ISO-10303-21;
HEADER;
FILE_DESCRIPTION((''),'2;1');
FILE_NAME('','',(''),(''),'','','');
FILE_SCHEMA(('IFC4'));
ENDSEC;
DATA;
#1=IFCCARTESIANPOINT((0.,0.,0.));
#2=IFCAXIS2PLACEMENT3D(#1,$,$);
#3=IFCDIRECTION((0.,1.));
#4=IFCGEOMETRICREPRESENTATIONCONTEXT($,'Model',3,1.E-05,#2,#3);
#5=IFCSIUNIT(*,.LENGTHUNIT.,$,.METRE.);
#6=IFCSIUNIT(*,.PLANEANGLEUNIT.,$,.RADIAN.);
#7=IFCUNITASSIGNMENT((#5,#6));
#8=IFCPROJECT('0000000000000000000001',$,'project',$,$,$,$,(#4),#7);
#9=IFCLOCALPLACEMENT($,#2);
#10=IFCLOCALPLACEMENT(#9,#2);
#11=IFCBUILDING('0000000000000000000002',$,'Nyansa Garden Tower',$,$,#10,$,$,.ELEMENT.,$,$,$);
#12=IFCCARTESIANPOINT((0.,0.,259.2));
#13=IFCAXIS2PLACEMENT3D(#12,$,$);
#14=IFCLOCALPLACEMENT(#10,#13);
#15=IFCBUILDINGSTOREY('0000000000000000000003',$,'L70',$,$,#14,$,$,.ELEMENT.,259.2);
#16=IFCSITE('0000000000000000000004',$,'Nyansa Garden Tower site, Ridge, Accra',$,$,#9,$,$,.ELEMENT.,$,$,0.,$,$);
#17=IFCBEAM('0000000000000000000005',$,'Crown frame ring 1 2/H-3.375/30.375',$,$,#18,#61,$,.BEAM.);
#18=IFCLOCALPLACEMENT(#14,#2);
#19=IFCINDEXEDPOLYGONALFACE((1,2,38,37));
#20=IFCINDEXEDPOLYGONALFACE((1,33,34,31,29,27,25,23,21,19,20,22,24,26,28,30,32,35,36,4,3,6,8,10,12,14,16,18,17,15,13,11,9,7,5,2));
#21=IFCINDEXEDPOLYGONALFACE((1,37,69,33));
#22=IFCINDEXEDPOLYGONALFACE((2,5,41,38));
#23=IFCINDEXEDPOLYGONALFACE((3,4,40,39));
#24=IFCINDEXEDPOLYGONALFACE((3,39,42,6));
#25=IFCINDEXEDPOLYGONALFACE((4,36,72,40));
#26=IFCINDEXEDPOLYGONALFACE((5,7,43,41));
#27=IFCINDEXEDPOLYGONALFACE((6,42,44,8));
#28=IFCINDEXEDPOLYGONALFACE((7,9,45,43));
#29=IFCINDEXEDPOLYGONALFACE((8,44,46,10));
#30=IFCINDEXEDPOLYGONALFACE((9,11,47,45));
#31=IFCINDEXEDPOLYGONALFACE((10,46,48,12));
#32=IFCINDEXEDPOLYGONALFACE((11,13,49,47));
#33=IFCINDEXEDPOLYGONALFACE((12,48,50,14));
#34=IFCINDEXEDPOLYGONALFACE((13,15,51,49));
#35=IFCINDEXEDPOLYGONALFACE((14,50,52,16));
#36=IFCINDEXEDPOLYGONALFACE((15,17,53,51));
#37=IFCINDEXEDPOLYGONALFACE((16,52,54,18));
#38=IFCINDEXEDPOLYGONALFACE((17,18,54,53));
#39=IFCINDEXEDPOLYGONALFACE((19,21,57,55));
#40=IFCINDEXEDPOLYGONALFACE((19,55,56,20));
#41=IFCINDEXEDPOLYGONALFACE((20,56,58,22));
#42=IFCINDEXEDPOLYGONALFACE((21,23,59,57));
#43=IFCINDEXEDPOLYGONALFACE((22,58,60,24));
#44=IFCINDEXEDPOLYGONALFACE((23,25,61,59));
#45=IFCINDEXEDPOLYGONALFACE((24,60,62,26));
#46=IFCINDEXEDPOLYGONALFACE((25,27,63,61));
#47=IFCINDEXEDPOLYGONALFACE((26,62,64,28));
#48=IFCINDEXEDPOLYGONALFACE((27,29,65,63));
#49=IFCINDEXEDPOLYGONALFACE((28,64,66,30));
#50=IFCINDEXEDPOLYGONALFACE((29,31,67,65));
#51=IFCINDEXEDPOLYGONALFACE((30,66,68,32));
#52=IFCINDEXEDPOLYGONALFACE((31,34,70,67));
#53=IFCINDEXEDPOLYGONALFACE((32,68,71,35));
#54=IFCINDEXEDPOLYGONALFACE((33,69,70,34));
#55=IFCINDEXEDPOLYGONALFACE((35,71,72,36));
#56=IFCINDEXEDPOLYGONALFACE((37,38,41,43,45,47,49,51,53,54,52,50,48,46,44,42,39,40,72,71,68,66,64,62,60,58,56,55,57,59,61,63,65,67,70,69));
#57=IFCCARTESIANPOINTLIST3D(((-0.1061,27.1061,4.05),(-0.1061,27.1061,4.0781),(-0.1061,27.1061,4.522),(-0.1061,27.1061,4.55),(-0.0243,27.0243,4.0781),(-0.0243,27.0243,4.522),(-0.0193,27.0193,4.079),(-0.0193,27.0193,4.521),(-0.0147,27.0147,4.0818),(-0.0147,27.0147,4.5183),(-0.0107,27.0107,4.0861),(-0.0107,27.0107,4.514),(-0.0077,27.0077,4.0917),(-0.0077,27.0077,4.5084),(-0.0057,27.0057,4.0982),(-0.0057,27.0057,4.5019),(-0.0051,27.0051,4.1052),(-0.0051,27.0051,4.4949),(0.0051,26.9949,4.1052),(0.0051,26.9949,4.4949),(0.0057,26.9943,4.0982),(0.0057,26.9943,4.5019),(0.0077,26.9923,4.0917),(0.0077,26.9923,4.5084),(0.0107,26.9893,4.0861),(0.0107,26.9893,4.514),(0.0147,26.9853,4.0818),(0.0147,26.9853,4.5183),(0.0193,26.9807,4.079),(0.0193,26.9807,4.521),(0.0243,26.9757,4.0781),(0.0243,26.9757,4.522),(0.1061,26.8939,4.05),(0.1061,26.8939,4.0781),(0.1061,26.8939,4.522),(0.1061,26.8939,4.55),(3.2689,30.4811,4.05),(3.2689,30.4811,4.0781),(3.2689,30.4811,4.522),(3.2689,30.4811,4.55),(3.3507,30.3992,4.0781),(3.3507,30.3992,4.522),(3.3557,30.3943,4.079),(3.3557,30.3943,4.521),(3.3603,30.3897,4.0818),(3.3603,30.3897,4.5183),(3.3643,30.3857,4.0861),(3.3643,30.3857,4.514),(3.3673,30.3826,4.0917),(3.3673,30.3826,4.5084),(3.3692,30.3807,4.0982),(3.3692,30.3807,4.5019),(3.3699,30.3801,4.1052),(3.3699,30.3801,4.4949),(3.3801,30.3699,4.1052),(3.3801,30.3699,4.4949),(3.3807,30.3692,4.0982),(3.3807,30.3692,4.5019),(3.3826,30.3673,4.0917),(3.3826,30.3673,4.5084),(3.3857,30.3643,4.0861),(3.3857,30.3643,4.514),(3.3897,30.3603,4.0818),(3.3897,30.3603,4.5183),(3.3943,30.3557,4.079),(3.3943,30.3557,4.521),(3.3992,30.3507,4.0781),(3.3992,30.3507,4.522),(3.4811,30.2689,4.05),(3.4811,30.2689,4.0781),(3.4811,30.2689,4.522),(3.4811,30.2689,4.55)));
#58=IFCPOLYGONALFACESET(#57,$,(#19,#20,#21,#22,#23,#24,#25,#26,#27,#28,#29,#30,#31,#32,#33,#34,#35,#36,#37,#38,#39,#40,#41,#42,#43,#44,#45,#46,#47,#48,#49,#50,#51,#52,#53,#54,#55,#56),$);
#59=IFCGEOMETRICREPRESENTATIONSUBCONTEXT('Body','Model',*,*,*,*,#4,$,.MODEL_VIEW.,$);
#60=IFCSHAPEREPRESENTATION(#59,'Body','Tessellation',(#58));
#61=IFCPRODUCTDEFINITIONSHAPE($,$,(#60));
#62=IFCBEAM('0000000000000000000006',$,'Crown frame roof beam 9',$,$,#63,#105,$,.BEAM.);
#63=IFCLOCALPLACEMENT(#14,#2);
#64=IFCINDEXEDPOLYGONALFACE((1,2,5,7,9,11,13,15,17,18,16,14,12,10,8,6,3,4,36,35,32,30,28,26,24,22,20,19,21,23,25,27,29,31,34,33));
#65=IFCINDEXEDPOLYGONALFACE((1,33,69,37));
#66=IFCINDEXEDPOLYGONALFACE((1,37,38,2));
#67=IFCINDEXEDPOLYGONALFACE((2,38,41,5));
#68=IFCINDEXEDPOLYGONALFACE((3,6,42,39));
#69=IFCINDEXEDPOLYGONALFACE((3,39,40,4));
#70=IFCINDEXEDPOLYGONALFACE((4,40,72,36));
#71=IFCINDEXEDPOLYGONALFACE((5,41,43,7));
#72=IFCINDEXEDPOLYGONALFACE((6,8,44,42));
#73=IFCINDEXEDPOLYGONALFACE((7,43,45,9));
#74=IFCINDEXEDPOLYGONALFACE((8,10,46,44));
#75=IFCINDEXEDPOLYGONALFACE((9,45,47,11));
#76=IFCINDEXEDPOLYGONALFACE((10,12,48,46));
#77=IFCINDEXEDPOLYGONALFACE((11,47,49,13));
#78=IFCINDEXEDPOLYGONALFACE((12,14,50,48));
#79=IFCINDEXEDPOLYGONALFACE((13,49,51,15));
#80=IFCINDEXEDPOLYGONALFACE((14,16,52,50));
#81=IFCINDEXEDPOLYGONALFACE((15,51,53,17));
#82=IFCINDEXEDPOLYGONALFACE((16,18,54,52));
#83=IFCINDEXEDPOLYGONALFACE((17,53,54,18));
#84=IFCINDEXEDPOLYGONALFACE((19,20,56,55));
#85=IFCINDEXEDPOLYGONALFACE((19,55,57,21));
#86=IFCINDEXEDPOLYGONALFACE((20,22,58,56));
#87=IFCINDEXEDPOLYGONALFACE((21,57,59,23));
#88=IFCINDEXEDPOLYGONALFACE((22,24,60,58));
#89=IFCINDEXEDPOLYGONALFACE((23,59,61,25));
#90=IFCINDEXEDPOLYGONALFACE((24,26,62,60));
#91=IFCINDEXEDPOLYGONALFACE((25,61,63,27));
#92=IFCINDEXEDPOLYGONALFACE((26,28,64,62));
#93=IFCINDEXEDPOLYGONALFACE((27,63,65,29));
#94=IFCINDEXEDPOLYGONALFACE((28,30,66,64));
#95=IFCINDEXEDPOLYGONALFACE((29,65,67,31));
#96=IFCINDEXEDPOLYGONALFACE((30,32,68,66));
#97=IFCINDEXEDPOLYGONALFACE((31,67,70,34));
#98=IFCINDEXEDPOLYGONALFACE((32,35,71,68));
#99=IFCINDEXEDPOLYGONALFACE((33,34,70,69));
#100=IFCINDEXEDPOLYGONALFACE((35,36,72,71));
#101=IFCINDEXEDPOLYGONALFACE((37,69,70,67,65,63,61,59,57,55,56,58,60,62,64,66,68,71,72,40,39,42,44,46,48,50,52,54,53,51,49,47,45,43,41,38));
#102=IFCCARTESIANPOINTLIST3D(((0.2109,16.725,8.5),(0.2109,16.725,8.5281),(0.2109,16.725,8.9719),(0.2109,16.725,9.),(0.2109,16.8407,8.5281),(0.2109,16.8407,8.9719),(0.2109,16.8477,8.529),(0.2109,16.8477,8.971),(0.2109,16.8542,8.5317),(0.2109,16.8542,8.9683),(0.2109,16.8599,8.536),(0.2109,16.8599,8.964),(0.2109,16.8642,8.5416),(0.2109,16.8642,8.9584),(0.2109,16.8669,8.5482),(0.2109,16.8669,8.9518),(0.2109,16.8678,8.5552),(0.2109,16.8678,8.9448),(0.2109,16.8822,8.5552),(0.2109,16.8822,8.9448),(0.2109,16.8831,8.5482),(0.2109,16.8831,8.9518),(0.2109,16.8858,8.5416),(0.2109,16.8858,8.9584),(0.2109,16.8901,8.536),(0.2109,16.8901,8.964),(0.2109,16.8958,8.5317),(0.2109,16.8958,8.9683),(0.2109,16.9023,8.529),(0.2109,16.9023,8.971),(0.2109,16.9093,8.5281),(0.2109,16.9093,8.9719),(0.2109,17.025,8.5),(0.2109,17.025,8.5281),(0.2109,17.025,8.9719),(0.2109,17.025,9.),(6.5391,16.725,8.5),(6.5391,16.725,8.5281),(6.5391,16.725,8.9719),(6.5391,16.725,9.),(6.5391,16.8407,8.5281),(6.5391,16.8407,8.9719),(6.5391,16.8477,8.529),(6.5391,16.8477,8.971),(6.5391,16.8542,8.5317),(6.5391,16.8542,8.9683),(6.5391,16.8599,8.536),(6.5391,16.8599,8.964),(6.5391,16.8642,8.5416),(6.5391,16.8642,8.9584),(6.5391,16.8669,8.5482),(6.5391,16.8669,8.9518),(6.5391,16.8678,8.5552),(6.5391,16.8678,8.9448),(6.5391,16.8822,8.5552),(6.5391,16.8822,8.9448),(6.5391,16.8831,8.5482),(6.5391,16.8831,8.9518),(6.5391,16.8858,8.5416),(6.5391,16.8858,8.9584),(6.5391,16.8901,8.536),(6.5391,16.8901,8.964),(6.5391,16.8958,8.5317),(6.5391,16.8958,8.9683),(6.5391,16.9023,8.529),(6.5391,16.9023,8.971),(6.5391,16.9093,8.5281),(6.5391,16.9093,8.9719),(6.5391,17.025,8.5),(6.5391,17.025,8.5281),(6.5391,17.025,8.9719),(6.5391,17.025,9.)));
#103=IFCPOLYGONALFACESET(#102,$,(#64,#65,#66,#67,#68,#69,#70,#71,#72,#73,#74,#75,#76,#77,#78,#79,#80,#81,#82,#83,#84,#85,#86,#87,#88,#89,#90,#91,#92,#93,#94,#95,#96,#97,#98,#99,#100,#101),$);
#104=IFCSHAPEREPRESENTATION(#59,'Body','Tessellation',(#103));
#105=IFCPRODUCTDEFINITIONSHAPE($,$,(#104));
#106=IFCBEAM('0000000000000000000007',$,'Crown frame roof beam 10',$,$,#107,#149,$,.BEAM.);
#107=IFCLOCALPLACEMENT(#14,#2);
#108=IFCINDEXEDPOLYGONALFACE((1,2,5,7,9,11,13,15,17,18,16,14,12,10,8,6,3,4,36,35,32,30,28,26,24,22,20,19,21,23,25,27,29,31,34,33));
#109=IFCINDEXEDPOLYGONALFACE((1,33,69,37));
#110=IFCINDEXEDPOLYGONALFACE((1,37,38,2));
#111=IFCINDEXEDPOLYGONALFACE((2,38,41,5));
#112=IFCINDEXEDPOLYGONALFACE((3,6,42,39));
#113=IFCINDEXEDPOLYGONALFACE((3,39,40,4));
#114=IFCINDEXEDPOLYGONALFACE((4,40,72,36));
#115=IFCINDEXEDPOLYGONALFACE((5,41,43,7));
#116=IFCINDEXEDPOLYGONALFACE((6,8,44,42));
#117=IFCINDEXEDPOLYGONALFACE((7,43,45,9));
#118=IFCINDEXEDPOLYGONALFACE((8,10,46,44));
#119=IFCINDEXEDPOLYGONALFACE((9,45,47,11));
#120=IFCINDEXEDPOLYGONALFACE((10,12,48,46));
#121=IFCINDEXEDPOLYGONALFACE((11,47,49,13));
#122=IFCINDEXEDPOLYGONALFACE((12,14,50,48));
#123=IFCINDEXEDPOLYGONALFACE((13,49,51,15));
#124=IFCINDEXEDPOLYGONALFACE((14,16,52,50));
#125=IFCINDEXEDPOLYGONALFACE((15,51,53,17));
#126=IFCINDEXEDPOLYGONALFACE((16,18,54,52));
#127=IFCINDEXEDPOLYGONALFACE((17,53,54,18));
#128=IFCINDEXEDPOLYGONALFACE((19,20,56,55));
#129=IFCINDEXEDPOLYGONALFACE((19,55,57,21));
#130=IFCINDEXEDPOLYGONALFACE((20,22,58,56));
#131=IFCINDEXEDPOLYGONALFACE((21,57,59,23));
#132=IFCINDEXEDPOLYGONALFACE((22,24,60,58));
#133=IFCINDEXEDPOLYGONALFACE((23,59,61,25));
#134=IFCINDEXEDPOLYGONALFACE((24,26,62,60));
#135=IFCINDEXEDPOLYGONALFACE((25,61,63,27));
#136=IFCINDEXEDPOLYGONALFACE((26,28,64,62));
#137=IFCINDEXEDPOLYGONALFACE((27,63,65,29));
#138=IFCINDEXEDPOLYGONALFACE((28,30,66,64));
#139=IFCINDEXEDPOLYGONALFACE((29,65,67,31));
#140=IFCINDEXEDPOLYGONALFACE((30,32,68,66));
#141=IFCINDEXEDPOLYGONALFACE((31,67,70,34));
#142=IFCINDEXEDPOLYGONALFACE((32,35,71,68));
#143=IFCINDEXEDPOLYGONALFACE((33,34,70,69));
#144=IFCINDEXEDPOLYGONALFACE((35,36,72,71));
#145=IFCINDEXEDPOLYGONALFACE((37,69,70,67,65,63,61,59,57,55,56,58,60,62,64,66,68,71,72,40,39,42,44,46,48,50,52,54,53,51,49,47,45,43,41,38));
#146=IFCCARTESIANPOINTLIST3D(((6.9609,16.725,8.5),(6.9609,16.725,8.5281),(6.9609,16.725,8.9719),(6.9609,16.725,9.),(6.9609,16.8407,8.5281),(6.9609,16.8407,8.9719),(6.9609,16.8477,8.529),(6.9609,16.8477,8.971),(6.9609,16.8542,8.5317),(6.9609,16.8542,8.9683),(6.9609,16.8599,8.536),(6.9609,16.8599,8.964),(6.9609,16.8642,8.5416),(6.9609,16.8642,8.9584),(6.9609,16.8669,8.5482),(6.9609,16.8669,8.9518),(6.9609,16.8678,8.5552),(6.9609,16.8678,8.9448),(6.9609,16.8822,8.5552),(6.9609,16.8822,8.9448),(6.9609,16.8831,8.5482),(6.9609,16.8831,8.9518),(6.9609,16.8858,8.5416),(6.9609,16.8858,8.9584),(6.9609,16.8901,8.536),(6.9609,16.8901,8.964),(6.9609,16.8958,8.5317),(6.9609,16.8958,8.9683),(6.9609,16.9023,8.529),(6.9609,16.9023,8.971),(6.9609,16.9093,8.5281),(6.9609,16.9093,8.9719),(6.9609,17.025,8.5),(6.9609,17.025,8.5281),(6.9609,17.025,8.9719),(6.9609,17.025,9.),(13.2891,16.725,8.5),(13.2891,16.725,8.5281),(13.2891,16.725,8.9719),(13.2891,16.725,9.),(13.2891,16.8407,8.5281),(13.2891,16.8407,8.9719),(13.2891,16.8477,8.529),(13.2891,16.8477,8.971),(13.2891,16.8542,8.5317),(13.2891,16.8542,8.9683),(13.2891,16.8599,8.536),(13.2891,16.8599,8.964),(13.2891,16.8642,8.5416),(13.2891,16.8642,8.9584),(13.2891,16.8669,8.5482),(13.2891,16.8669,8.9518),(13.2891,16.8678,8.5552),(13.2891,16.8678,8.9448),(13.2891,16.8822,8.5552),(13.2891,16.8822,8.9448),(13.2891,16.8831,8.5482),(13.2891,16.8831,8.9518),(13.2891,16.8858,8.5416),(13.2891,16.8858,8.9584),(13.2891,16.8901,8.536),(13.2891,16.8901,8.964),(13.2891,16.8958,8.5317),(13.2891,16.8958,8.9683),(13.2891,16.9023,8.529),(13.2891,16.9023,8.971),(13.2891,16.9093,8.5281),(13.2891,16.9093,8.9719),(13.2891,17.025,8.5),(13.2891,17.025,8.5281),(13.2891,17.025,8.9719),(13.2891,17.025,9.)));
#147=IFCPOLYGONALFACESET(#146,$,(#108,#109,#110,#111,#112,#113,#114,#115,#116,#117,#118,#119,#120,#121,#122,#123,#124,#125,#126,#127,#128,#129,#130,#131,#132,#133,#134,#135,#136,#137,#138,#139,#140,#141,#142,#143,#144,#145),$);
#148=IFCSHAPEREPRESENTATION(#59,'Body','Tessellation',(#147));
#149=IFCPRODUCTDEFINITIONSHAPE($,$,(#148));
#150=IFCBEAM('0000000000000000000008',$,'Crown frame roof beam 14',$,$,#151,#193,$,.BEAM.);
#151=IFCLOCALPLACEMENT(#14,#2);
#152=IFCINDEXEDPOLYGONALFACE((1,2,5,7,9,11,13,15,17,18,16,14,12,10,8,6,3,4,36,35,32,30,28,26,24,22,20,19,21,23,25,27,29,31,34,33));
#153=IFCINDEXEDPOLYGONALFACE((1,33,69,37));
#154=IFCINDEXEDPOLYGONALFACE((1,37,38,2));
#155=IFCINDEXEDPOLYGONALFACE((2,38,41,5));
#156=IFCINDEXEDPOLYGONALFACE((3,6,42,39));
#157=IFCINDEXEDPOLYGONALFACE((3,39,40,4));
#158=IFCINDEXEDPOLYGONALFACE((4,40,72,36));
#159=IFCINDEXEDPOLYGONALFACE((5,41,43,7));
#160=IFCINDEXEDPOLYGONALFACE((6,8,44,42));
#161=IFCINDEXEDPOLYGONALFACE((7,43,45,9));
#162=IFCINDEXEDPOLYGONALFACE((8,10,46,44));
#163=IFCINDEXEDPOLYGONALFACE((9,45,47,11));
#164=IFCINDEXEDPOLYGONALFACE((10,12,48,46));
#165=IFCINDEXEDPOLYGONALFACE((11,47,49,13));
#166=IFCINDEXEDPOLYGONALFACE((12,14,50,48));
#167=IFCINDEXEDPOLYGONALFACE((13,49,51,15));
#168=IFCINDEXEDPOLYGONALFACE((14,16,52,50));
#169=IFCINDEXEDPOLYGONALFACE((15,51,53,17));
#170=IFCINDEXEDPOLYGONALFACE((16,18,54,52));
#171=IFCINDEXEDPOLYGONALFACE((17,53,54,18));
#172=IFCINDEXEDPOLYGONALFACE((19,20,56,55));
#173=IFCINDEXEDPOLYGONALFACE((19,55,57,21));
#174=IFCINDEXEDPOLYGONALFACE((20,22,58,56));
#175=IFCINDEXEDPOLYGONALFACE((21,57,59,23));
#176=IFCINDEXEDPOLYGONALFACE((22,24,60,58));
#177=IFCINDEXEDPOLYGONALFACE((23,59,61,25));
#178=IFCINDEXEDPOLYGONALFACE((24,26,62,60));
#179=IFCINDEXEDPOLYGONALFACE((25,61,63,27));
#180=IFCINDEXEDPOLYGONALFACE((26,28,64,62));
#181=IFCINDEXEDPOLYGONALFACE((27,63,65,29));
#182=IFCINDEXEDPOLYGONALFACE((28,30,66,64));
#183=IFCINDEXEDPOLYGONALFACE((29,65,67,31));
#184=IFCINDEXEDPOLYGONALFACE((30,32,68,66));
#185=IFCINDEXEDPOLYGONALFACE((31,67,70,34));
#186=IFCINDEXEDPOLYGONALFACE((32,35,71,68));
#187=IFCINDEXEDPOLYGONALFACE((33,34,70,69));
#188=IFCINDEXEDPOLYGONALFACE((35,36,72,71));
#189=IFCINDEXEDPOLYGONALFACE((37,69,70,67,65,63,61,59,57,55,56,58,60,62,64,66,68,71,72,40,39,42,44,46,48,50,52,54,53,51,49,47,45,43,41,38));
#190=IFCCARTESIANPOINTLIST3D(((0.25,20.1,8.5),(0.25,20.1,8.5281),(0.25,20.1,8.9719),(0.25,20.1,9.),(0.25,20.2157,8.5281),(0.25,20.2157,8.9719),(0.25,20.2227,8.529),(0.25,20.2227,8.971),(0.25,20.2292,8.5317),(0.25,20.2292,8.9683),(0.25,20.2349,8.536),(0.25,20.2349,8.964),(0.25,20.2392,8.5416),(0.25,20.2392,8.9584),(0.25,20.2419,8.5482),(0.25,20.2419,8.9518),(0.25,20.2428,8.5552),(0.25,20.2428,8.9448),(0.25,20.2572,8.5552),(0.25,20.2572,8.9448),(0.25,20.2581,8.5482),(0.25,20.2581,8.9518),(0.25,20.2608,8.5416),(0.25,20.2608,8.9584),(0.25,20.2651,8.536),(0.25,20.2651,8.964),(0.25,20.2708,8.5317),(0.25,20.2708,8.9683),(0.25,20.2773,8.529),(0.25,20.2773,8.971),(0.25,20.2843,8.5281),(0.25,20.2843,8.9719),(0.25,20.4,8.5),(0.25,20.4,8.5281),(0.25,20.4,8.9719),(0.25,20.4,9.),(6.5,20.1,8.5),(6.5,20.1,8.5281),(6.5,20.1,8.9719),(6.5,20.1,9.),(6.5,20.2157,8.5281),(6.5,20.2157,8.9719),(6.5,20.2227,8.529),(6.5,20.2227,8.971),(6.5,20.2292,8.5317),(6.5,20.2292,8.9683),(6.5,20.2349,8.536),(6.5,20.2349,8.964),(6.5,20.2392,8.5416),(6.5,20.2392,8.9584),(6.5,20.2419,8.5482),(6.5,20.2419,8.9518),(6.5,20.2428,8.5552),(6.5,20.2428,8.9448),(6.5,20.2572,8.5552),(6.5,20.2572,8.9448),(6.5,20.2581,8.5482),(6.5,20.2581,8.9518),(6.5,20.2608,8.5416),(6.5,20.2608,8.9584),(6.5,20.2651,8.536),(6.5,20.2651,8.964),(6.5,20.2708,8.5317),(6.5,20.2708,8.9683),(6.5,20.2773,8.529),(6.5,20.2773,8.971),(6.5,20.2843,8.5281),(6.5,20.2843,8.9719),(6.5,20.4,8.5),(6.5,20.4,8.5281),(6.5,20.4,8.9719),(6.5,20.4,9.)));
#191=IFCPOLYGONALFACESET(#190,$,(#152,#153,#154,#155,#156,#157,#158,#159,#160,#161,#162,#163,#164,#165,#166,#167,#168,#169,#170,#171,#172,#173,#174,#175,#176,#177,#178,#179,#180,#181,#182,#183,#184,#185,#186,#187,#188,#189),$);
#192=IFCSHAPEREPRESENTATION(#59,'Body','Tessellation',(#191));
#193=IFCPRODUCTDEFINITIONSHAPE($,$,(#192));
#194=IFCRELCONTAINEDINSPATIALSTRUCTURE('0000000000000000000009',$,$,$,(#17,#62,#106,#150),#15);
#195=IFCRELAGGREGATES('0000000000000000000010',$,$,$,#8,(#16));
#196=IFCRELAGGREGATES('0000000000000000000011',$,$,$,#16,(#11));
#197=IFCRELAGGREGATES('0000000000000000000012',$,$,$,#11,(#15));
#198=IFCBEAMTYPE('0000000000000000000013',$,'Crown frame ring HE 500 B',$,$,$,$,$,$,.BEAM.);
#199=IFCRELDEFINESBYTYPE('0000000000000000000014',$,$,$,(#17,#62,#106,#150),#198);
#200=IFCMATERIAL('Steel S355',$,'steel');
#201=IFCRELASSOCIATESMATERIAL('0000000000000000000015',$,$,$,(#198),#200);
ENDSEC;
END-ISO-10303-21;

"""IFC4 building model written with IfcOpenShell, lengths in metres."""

from ifc_helpers import new_model, si_unit, direction, frame, origin, origin_2d, place, context, subcontext, project, spatial, i_section, extrude, material, material_profile, profile_set, type_object, element, save


model = new_model("IFC4")

# Units and contexts
model_context = context("Model", 3, precision=1e-05, world=origin(), true_north=direction((0.0, 1.0)))
body_context = subcontext(model_context, "Body", "Model", "MODEL_VIEW")
ifc_project = project(units=[si_unit("LENGTHUNIT", "METRE"), si_unit("PLANEANGLEUNIT", "RADIAN")], contexts=[model_context])

# Site, building, storey
site_placement = place(None, origin())
site = spatial("IfcSite", under=ifc_project, at=site_placement, Name="Nyansa Garden Tower site, Ridge, Accra", CompositionType="ELEMENT", RefElevation=0.0)
building_placement = place(site_placement, origin())
building = spatial("IfcBuilding", under=site, at=building_placement, Name="Nyansa Garden Tower", CompositionType="ELEMENT")
storey_placement = place(building_placement, frame((0.0, 0.0, 259.2)))
storey = spatial("IfcBuildingStorey", under=building, at=storey_placement, Name="L70", CompositionType="ELEMENT", Elevation=259.2)

# Beams
ifc_material_1 = material(Name="Steel S355", Category="steel")
ifc_material_profile_1 = material_profile(ifc_material_1, i_section(OverallWidth=0.3, OverallDepth=0.5, WebThickness=0.0144, FlangeThickness=0.0281, FilletRadius=0.0271, at=origin_2d()), Name="HE 500 B")
ifc_profile_set_1 = profile_set([ifc_material_profile_1], Name="Steel S355")
beam_type_1 = type_object("IfcBeamType", Name="Crown frame ring HE 500 B", PredefinedType="BEAM", material=ifc_profile_set_1)
beam_1_placement = place(storey_placement, frame((0.0, 27.0, 4.3), z_axis=(0.707107, 0.707107, 0.0), x_axis=(-0.707107, 0.707107, 0.0)))
element("IfcBeam", 1, at=beam_1_placement, inside=storey, type_object=beam_type_1, Name="Crown frame ring 1 2/H-3.375/30.375", PredefinedType="BEAM", context=body_context, shape_type="SweptSolid", body=[
    extrude(i_section(OverallWidth=0.3, OverallDepth=0.5, WebThickness=0.0144, FlangeThickness=0.0281, FilletRadius=0.0271, at=origin_2d()), origin(), (0.0, 0.0, 1.0), 4.7729),
])
for number, where, z_axis, x_axis, name in (
    (2, (0.2109, 16.875, 8.75), (1.0, 0.0, 0.0), (0.0, 1.0, 0.0), "Crown frame roof beam 9"),
    (3, (6.9609, 16.875, 8.75), (1.0, 0.0, 0.0), (0.0, 1.0, 0.0), "Crown frame roof beam 10"),
):
    element("IfcBeam", number, at=place(storey_placement, frame(where, z_axis=z_axis, x_axis=x_axis)), inside=storey, type_object=beam_type_1, Name=name, PredefinedType="BEAM", context=body_context, shape_type="SweptSolid", body=[
        extrude(i_section(OverallWidth=0.3, OverallDepth=0.5, WebThickness=0.0144, FlangeThickness=0.0281, FilletRadius=0.0271, at=origin_2d()), origin(), (0.0, 0.0, 1.0), 6.3281),
    ])
for number, where, z_axis, x_axis, name in (
    (4, (0.25, 20.25, 8.75), (1.0, 0.0, 0.0), (0.0, 1.0, 0.0), "Crown frame roof beam 14"),
):
    element("IfcBeam", number, at=place(storey_placement, frame(where, z_axis=z_axis, x_axis=x_axis)), inside=storey, type_object=beam_type_1, Name=name, PredefinedType="BEAM", context=body_context, shape_type="SweptSolid", body=[
        extrude(i_section(OverallWidth=0.3, OverallDepth=0.5, WebThickness=0.0144, FlangeThickness=0.0281, FilletRadius=0.0271, at=origin_2d()), origin(), (0.0, 0.0, 1.0), 6.25),
    ])

save(model, "model.ifc")
